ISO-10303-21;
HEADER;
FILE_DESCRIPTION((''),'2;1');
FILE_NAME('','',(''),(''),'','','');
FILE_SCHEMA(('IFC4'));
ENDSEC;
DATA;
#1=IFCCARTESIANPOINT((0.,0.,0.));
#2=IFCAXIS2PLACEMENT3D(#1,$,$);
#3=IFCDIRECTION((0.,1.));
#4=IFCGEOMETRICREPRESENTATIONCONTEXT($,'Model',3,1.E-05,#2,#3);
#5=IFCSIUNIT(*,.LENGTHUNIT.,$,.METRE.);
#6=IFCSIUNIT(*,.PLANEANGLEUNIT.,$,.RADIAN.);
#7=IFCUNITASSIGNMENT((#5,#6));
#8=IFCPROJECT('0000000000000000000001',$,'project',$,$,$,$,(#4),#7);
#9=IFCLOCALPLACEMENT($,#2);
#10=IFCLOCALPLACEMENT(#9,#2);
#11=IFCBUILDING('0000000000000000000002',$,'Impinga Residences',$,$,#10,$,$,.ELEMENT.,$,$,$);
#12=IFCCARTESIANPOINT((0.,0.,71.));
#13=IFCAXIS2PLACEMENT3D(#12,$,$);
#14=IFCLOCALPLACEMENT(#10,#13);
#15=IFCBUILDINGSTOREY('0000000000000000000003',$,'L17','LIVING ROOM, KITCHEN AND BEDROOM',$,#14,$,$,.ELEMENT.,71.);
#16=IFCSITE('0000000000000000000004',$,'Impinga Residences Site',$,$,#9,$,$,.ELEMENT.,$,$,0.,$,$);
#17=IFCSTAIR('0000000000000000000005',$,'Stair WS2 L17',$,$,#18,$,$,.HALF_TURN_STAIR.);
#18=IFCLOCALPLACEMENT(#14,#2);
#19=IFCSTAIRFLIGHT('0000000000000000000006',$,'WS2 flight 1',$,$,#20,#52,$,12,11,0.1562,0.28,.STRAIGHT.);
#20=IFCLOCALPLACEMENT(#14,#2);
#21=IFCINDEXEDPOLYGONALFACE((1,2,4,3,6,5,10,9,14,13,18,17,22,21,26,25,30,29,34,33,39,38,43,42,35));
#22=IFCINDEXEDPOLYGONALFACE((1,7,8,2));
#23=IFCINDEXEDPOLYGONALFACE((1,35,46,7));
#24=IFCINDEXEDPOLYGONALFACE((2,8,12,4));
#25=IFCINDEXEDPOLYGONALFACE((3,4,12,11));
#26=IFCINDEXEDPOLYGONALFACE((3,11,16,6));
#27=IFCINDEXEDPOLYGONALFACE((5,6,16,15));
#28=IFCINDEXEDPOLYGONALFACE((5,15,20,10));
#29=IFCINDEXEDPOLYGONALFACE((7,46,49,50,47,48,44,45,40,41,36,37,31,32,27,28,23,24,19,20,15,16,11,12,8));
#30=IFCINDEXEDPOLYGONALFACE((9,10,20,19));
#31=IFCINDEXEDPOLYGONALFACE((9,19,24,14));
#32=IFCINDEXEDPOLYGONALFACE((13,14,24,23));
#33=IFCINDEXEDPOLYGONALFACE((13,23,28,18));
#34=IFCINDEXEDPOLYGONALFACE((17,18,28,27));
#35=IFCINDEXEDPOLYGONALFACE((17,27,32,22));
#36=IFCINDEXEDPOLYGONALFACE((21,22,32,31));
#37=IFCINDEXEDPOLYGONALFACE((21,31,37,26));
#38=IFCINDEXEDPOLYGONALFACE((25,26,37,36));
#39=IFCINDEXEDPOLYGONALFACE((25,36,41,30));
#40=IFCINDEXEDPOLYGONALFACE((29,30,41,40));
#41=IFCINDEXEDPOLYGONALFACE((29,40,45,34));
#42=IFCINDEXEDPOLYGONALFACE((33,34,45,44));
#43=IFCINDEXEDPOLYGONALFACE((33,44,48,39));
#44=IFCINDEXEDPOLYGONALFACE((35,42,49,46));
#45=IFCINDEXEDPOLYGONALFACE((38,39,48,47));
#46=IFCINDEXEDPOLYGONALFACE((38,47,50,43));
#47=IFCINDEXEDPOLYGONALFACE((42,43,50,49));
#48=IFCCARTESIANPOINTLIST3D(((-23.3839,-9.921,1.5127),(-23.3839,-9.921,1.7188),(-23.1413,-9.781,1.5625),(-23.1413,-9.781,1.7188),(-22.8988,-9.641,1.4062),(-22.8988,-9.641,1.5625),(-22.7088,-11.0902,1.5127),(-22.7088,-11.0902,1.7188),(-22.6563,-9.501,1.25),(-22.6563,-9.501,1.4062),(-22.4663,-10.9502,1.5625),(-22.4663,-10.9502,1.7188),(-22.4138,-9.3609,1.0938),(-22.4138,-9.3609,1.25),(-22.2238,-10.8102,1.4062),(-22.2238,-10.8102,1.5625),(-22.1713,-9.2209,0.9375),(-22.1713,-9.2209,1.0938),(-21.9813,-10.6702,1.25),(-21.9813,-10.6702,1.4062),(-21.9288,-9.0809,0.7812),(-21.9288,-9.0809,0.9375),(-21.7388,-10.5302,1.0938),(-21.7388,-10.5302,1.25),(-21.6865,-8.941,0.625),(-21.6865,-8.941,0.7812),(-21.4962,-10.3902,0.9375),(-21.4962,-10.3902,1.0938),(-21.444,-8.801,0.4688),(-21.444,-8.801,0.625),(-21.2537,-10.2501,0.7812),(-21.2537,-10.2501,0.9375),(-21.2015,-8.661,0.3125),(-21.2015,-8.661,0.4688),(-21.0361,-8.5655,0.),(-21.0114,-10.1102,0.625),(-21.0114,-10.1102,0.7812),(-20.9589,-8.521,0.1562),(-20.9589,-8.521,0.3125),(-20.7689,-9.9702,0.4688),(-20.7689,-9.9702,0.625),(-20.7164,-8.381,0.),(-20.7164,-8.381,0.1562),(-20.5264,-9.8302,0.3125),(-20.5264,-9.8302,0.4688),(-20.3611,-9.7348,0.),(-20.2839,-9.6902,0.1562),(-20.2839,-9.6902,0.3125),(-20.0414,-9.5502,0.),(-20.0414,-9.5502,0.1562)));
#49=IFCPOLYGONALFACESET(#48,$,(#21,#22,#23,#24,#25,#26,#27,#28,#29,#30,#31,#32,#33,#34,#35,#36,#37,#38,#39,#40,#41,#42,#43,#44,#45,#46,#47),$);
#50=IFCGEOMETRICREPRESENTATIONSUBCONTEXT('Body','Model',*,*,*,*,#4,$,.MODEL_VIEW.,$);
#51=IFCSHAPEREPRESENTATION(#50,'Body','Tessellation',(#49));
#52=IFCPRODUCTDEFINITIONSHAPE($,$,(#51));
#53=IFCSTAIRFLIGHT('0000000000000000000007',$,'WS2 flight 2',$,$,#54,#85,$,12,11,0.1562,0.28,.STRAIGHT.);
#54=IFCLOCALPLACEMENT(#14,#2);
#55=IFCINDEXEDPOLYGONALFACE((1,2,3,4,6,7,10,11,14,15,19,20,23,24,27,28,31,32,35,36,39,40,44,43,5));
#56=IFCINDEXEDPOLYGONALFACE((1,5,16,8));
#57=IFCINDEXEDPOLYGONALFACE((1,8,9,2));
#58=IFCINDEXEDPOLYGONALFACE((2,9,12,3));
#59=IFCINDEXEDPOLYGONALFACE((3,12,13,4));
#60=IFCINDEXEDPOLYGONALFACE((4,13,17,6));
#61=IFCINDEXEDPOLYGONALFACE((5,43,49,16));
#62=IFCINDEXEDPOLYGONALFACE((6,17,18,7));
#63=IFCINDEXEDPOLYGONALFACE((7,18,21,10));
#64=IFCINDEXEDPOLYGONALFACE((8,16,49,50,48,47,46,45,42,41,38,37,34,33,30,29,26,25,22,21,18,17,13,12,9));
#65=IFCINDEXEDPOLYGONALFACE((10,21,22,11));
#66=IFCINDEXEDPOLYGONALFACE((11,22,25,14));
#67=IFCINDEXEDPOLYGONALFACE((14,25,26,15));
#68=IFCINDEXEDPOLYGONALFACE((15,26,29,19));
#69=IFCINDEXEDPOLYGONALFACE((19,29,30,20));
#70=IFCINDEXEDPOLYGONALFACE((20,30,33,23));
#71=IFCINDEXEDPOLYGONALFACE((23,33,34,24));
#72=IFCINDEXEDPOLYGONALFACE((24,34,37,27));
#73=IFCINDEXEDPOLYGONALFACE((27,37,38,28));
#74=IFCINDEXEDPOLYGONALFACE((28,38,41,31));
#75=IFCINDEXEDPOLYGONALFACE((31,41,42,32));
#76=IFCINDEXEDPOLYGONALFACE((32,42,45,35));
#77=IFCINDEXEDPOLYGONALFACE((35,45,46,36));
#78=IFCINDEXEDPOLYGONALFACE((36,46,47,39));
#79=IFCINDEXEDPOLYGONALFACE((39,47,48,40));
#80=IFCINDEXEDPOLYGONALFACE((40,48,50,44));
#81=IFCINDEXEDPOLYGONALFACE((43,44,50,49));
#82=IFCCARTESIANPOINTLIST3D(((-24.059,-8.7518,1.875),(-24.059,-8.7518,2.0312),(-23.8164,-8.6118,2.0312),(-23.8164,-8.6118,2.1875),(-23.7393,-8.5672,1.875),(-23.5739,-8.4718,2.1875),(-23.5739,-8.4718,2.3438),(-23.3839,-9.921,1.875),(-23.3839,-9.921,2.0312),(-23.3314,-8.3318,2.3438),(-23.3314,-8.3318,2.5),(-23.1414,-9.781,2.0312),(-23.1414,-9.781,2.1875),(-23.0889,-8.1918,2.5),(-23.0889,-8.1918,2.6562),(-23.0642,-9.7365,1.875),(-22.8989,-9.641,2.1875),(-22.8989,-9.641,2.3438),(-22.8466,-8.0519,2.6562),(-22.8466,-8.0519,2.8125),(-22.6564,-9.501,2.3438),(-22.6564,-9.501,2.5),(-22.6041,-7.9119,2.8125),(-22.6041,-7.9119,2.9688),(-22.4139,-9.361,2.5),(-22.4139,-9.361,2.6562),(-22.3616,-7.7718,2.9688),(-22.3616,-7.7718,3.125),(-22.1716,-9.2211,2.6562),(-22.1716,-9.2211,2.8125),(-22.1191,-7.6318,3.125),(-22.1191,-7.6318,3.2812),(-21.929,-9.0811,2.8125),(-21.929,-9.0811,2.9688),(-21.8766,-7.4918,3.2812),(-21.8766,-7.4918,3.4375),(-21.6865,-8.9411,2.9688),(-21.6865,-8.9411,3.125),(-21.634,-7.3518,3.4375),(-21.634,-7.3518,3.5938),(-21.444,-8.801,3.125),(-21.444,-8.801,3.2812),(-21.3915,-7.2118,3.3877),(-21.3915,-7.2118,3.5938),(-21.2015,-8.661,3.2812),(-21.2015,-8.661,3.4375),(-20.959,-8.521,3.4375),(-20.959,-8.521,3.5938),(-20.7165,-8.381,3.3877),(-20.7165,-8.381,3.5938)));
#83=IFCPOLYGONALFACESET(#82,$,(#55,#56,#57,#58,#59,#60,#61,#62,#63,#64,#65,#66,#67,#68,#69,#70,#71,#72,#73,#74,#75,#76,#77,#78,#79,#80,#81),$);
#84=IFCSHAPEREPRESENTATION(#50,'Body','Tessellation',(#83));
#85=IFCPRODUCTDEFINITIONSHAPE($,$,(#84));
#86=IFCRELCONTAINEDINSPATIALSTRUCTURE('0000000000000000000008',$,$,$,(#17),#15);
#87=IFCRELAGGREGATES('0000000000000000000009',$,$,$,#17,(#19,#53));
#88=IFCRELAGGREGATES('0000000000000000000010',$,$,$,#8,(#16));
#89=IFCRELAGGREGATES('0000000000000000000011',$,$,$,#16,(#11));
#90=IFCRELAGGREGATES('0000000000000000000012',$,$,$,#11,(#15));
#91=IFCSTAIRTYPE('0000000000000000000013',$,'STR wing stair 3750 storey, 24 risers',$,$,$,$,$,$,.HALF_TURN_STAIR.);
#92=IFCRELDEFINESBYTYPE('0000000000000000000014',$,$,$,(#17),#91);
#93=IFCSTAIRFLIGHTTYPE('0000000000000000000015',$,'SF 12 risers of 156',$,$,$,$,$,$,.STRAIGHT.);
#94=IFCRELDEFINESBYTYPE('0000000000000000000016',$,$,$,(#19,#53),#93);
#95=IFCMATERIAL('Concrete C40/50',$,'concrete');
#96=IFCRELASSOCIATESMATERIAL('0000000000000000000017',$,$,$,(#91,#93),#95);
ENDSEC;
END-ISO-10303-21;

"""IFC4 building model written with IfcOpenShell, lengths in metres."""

from ifc_helpers import new_model, si_unit, direction, frame, origin, place, context, subcontext, project, spatial, polyline, outline, extrude, material, type_object, element, aggregate, save


model = new_model("IFC4")

# Units and contexts
model_context = context("Model", 3, precision=1e-05, world=origin(), true_north=direction((0.0, 1.0)))
body_context = subcontext(model_context, "Body", "Model", "MODEL_VIEW")
ifc_project = project(units=[si_unit("LENGTHUNIT", "METRE"), si_unit("PLANEANGLEUNIT", "RADIAN")], contexts=[model_context])

# Site, building, storey
site_placement = place(None, origin())
site = spatial("IfcSite", under=ifc_project, at=site_placement, Name="Impinga Residences Site", CompositionType="ELEMENT", RefElevation=0.0)
building_placement = place(site_placement, origin())
building = spatial("IfcBuilding", under=site, at=building_placement, Name="Impinga Residences", CompositionType="ELEMENT")
storey_placement = place(building_placement, frame((0.0, 0.0, 71.0)))
storey = spatial("IfcBuildingStorey", under=building, at=storey_placement, Name="L17", Description="LIVING ROOM, KITCHEN AND BEDROOM", CompositionType="ELEMENT", Elevation=71.0)

# Stair, stair flights
ifc_material_1 = material(Name="Concrete C40/50", Category="concrete")
stair_type = type_object("IfcStairType", Name="STR wing stair 3750 storey, 24 risers", PredefinedType="HALF_TURN_STAIR", material=ifc_material_1)
stair_placement = place(storey_placement, origin())
stair = element("IfcStair", 1, at=stair_placement, inside=storey, type_object=stair_type, Name="Stair WS2 L17", PredefinedType="HALF_TURN_STAIR")
stair_flight_type = type_object("IfcStairFlightType", Name="SF 12 risers of 156", PredefinedType="STRAIGHT", material=ifc_material_1)
stair_flight_1_placement = place(storey_placement, frame((-20.3789, -8.9656, 0.0), z_axis=(0.0, 0.0, 1.0), x_axis=(-0.866025, -0.5, 0.0)))
stair_flight_1 = element("IfcStairFlight", 2, at=stair_flight_1_placement, type_object=stair_flight_type, Name="WS2 flight 1", NumberOfRisers=12, NumberOfTreads=11, PredefinedType="STRAIGHT", RiserHeight=0.1562, TreadLength=0.28, context=body_context, shape_type="SweptSolid", body=[
    extrude(outline(polyline([(0.0, 0.0), (0.0, 0.1562), (0.28, 0.1562), (0.28, 0.3125), (0.5601, 0.3125), (0.5601, 0.4688), (0.8401, 0.4688), (0.8401, 0.625), (1.1201, 0.625), (1.1201, 0.7812), (1.3999, 0.7812), (1.3999, 0.9375), (1.6799, 0.9375), (1.6799, 1.0938), (1.96, 1.0938), (1.96, 1.25), (2.24, 1.25), (2.24, 1.4062), (2.52, 1.4062), (2.52, 1.5625), (2.8, 1.5625), (2.8, 1.7188), (3.0801, 1.7188), (3.0801, 1.875), (3.0801, 1.5127), (0.3691, 0.0), (0.0, 0.0)])), frame((0.0, 0.675, 0.0), z_axis=(0.0, -1.0, 0.0), x_axis=(1.0, 0.0, 0.0)), (0.0, 0.0, 1.0), 1.3501),
])
stair_flight_2_placement = place(storey_placement, frame((-23.7214, -9.3364, 1.875), z_axis=(0.0, 0.0, 1.0), x_axis=(0.866025, 0.5, 0.0)))
stair_flight_2 = element("IfcStairFlight", 3, at=stair_flight_2_placement, type_object=stair_flight_type, Name="WS2 flight 2", NumberOfRisers=12, NumberOfTreads=11, PredefinedType="STRAIGHT", RiserHeight=0.1562, TreadLength=0.28, context=body_context, shape_type="SweptSolid", body=[
    extrude(outline(polyline([(0.0, 0.0), (0.0, 0.1562), (0.28, 0.1562), (0.28, 0.3125), (0.5601, 0.3125), (0.5601, 0.4688), (0.8401, 0.4688), (0.8401, 0.625), (1.1201, 0.625), (1.1201, 0.7812), (1.3999, 0.7812), (1.3999, 0.9375), (1.6799, 0.9375), (1.6799, 1.0938), (1.96, 1.0938), (1.96, 1.25), (2.24, 1.25), (2.24, 1.4062), (2.52, 1.4062), (2.52, 1.5625), (2.8, 1.5625), (2.8, 1.7188), (3.0801, 1.7188), (3.0801, 1.875), (3.0801, 1.5127), (0.3691, 0.0), (0.0, 0.0)])), frame((0.0, 0.675, 0.0), z_axis=(0.0, -1.0, 0.0), x_axis=(1.0, 0.0, 0.0)), (0.0, 0.0, 1.0), 1.3501),
])
aggregate(stair, [stair_flight_1, stair_flight_2])

save(model, "model.ifc")
